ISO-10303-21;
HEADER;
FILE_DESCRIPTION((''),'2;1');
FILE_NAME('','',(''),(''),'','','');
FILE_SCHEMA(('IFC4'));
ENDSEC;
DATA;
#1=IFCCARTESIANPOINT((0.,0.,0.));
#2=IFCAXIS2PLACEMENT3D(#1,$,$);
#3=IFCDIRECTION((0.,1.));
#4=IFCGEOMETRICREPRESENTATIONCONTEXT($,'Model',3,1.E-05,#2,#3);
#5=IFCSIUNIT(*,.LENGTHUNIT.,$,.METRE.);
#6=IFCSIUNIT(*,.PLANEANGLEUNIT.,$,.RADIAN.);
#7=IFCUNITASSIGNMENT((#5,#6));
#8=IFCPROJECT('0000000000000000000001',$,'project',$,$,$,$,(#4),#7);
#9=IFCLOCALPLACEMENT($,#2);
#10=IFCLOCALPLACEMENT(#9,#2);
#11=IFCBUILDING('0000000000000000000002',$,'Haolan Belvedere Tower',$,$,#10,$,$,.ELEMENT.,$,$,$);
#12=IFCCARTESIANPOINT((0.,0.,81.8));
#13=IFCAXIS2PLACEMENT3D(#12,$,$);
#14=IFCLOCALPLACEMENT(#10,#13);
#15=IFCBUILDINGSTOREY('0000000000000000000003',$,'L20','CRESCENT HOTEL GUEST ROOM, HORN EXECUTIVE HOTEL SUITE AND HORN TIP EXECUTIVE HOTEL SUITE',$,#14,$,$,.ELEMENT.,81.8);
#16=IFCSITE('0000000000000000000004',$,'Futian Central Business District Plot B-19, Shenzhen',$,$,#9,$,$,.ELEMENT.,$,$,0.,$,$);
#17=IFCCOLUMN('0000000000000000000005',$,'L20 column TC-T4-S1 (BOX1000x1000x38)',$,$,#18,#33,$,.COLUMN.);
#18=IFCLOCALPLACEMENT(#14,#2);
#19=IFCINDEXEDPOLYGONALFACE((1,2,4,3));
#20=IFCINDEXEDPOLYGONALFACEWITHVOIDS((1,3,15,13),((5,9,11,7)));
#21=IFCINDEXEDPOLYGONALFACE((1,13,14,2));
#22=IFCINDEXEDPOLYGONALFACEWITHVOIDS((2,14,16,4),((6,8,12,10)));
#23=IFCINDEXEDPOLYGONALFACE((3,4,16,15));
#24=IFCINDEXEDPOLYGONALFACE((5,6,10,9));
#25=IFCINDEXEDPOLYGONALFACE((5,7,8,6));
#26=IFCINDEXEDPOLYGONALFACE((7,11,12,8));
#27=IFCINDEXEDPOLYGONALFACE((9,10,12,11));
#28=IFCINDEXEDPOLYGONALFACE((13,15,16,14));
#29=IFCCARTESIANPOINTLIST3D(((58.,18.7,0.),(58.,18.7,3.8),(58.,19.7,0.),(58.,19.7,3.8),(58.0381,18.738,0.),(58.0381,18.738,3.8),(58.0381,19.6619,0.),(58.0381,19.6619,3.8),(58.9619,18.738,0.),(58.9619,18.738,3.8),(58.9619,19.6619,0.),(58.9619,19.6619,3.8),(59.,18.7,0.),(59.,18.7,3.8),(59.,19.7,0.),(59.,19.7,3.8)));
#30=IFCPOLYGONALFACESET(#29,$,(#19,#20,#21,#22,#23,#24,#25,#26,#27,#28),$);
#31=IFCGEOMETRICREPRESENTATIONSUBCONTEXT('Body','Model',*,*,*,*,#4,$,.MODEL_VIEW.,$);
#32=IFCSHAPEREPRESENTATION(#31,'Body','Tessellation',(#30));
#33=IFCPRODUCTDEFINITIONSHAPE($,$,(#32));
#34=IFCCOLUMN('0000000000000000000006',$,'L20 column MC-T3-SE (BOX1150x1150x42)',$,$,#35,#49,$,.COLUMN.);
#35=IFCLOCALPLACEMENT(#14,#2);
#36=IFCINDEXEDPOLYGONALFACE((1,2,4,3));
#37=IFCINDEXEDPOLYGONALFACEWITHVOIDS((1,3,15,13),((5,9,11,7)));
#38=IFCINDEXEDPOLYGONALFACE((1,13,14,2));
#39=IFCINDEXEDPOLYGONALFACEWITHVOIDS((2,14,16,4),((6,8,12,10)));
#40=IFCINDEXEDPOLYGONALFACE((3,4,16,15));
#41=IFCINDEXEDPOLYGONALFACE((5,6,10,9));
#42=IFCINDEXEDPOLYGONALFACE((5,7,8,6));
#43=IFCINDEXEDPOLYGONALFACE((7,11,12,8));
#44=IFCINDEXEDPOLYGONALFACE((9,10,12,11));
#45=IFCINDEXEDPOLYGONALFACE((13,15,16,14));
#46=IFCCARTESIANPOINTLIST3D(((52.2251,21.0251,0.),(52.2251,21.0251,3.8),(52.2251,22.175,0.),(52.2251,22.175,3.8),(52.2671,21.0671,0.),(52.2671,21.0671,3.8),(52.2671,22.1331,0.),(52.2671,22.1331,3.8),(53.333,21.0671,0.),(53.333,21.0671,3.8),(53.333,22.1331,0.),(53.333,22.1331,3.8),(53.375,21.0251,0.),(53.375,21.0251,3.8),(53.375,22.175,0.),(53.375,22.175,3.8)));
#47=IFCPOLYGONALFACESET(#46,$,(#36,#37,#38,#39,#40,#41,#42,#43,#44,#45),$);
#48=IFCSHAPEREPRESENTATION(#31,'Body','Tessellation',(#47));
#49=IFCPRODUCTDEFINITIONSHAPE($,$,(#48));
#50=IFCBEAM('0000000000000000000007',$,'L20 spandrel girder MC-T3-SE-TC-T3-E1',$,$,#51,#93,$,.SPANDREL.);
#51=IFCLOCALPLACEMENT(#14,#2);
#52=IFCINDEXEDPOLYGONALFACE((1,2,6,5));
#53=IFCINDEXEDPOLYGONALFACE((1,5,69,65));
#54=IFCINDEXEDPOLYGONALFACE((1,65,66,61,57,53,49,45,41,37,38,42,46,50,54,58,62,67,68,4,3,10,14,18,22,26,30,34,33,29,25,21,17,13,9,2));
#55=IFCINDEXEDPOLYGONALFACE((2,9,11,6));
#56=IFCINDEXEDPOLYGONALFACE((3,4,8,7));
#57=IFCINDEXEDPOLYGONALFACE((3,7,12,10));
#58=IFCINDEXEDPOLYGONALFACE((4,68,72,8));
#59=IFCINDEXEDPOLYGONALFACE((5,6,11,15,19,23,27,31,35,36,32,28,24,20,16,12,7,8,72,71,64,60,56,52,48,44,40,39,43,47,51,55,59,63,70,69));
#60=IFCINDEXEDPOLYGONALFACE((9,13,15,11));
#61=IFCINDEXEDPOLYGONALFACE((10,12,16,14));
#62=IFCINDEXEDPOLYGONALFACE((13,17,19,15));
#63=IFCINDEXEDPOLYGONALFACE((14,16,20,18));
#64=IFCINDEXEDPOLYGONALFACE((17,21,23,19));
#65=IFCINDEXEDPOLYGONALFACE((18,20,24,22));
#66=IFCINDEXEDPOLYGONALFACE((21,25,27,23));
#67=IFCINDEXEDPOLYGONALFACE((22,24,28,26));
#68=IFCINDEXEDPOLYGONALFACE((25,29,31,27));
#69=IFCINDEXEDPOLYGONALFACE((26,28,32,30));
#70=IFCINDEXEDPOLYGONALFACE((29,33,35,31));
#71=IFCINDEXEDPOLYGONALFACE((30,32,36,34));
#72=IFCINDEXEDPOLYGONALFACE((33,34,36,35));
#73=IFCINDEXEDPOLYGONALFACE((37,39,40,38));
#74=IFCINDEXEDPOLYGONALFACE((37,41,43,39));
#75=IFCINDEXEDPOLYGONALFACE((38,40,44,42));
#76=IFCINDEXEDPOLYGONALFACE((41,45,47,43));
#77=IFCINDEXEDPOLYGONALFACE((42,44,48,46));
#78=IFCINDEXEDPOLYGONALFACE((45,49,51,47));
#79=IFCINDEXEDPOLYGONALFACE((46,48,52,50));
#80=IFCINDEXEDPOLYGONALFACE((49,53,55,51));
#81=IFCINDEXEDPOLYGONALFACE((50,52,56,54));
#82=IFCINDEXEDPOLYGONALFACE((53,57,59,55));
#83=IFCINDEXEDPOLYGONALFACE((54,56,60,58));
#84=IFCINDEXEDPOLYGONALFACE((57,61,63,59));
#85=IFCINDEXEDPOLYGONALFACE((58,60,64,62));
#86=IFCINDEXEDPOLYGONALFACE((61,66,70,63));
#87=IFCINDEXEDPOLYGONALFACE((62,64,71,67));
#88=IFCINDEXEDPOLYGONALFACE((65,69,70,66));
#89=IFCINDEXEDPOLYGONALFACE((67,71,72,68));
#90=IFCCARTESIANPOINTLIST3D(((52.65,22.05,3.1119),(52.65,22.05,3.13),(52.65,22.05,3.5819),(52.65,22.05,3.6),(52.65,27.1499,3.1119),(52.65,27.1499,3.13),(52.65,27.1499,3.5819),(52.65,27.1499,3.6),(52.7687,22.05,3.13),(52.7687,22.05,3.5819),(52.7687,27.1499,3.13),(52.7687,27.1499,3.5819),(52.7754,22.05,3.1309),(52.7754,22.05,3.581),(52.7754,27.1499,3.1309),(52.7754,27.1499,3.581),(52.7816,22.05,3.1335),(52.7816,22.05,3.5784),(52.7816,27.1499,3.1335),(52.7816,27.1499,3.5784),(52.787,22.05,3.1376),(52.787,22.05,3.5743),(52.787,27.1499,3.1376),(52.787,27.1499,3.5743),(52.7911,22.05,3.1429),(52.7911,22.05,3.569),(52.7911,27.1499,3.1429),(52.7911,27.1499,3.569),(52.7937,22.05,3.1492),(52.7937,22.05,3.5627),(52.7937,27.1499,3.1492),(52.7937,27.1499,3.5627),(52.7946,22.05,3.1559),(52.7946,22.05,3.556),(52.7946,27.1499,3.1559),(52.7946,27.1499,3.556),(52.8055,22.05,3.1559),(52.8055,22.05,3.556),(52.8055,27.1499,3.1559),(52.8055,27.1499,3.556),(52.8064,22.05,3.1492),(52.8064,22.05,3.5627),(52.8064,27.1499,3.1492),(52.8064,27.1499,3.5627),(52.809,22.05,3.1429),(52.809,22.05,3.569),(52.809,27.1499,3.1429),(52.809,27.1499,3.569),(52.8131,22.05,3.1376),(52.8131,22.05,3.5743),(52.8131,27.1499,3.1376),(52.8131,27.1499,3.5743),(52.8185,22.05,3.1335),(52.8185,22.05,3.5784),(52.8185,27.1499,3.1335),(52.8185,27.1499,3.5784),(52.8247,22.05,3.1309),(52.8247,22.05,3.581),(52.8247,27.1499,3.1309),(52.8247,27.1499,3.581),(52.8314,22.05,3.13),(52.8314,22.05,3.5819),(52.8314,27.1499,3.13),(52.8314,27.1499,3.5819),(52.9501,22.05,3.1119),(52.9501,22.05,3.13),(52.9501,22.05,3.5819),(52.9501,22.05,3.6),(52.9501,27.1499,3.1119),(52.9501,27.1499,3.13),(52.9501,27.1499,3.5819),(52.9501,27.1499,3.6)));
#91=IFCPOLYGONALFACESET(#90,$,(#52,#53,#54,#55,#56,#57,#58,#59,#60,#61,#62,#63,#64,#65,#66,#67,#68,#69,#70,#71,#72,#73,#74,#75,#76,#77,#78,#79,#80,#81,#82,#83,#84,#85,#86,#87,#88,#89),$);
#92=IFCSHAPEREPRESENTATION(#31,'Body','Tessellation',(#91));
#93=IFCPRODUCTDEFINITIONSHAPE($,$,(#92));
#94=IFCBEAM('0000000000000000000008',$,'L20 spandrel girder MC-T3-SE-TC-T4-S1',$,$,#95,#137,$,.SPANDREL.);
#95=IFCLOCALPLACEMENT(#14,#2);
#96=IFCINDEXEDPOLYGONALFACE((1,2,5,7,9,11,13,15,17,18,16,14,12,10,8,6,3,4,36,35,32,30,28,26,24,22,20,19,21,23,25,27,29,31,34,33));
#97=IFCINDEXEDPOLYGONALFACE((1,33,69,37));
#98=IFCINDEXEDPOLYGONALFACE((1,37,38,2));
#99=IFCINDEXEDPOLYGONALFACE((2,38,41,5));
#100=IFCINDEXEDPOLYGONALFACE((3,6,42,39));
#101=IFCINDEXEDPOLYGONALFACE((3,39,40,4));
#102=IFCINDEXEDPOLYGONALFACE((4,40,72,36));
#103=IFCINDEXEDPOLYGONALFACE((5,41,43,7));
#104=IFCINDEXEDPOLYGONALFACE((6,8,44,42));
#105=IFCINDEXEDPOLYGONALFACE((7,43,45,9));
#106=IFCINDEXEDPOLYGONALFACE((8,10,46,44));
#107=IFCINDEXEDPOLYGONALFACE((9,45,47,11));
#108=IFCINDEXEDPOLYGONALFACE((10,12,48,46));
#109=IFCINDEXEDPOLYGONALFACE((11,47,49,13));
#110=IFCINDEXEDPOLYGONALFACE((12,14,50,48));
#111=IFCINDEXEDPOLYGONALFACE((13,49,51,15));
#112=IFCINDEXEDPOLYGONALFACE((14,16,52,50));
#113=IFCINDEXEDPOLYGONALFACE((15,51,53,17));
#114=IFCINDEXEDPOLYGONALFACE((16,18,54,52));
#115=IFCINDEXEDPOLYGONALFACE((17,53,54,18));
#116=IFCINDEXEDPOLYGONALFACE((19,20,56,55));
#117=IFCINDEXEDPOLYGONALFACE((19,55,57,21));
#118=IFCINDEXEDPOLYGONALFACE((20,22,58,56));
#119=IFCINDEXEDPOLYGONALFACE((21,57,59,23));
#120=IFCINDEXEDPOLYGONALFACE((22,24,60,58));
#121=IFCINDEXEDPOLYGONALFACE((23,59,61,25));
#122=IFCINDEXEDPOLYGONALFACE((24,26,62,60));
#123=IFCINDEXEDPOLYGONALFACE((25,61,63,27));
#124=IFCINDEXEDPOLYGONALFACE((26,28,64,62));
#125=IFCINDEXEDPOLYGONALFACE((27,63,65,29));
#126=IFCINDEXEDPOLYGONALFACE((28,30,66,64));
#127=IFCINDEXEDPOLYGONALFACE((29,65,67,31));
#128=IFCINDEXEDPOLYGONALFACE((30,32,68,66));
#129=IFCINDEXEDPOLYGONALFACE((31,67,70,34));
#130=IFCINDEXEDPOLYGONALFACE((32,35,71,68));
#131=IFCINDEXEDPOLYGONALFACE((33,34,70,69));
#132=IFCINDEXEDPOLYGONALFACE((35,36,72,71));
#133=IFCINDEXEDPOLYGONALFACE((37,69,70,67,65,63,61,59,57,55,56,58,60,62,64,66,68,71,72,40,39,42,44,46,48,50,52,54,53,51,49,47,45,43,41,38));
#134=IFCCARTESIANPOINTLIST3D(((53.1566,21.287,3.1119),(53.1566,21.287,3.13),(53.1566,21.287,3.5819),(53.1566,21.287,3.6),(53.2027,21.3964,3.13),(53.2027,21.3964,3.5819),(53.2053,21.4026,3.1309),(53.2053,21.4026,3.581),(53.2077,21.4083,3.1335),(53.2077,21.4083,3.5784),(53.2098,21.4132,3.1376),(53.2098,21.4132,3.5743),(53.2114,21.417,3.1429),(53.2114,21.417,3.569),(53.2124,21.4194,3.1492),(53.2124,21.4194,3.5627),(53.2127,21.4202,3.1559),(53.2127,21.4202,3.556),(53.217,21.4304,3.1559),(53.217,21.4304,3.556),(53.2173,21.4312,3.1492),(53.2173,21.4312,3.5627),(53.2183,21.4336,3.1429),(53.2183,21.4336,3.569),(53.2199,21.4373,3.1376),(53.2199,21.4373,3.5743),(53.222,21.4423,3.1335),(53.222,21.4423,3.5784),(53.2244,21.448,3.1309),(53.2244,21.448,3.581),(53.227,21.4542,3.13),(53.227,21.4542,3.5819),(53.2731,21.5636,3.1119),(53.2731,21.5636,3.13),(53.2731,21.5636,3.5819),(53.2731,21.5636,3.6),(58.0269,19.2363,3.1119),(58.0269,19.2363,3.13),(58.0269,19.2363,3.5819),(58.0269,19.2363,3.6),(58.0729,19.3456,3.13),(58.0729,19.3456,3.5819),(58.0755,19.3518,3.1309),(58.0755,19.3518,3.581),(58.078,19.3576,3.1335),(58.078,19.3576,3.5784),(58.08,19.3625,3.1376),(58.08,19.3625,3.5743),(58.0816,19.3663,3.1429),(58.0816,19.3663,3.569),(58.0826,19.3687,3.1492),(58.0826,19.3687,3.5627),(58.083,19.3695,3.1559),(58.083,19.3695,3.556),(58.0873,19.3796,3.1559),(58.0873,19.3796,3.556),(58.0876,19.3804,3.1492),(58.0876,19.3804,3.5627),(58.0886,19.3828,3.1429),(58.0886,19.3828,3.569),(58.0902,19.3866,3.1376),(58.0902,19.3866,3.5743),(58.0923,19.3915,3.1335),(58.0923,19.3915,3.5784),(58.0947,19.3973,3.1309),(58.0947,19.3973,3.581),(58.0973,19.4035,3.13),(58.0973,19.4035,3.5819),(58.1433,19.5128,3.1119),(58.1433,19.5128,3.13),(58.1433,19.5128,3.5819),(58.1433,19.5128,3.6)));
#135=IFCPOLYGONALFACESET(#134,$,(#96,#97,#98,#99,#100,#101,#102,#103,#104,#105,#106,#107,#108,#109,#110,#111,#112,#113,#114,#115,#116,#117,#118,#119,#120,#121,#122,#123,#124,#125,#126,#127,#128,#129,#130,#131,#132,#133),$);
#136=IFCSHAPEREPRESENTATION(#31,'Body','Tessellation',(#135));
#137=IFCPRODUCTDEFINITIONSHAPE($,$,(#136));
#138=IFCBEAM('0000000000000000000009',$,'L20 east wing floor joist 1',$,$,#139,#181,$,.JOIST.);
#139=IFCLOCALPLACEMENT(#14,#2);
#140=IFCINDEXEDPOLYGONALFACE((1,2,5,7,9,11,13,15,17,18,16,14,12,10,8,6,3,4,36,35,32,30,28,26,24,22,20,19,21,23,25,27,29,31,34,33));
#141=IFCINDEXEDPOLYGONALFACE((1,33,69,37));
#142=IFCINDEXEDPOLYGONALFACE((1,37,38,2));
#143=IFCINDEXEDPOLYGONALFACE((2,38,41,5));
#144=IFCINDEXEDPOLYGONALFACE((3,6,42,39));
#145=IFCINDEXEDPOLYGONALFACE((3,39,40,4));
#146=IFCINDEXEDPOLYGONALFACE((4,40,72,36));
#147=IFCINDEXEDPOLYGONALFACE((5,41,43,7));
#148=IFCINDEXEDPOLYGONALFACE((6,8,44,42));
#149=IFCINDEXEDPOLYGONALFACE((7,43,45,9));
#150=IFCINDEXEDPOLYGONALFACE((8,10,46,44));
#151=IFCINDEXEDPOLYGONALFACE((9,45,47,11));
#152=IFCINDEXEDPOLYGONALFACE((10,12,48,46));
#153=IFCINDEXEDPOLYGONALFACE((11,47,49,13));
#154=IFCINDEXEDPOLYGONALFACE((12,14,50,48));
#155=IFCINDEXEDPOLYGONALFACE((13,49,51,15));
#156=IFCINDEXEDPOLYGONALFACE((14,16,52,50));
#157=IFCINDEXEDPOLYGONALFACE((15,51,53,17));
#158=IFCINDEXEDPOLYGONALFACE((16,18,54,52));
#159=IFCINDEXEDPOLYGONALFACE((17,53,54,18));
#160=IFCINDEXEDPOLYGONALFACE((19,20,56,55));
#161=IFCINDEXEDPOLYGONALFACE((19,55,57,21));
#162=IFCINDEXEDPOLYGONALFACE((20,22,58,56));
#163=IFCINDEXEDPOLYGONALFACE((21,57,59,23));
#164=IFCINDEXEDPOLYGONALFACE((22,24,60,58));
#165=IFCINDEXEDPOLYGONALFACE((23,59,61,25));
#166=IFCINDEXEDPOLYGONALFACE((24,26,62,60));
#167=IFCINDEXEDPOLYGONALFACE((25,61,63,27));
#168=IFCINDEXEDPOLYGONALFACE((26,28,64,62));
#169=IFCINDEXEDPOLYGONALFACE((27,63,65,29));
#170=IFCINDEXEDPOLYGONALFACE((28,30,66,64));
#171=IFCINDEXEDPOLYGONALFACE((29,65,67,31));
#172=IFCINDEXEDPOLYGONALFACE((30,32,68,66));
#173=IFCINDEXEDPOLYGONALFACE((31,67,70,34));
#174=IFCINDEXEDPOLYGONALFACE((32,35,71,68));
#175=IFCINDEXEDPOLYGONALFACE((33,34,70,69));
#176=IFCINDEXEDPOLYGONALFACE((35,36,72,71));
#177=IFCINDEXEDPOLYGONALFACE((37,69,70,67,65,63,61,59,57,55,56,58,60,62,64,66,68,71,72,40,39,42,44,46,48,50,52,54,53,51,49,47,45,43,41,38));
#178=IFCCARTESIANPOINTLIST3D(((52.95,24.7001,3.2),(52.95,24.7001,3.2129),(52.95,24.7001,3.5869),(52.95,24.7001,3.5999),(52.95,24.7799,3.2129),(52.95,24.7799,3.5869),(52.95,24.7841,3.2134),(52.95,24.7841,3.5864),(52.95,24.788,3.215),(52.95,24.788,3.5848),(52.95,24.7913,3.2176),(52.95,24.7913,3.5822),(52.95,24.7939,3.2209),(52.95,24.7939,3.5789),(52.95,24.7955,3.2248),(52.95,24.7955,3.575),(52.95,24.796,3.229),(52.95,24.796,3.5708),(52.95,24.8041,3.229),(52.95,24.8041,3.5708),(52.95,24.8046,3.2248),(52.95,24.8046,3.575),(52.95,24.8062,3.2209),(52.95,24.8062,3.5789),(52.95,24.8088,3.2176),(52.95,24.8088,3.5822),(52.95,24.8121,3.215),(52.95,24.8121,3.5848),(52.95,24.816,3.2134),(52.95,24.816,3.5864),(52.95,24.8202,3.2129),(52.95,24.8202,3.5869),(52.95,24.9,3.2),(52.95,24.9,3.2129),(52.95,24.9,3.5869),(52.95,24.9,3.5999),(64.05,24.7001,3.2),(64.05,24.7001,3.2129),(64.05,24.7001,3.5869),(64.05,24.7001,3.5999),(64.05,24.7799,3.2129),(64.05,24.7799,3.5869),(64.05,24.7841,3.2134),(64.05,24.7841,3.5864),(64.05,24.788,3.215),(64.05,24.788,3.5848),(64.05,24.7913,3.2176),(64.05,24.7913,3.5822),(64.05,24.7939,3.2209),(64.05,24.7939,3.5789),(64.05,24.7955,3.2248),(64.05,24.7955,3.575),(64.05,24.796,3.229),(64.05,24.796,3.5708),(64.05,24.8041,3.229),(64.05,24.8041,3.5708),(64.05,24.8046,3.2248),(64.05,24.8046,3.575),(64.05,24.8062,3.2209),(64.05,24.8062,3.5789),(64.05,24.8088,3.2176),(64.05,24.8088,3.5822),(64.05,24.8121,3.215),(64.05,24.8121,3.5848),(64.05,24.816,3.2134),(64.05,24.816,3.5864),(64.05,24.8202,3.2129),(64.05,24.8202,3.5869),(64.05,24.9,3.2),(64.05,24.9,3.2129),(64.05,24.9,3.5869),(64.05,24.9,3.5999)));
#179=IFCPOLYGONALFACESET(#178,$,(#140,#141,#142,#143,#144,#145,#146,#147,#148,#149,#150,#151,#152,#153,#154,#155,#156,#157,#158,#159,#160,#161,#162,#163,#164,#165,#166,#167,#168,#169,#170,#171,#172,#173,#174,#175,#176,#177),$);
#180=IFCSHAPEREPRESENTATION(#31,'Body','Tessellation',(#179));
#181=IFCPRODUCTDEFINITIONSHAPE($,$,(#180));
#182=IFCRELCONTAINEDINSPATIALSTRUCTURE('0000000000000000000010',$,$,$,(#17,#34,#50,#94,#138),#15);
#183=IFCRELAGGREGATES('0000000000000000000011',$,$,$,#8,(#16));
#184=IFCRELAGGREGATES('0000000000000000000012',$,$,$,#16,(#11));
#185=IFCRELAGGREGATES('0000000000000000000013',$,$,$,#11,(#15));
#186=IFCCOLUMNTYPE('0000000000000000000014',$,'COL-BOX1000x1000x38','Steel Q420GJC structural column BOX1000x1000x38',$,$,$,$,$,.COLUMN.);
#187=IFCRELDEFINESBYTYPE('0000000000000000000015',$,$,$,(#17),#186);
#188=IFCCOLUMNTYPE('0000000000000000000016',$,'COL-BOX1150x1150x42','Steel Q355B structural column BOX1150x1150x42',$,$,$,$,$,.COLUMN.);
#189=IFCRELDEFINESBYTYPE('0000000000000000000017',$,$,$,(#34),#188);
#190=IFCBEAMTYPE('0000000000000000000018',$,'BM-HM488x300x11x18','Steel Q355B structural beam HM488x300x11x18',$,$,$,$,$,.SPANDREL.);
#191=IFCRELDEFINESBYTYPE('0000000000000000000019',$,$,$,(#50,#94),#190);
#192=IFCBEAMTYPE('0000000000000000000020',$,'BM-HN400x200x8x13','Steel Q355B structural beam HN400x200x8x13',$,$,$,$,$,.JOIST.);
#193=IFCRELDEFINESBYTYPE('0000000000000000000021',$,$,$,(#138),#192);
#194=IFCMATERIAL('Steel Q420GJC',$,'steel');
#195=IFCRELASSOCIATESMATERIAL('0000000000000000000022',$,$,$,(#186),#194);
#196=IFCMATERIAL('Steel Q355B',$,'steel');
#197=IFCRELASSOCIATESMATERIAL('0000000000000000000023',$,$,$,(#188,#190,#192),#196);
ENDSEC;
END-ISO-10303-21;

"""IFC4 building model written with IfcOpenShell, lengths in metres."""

from ifc_helpers import new_model, si_unit, direction, frame, origin, origin_2d, place, context, subcontext, project, spatial, hollow_rectangle, i_section, extrude, material, material_profile, profile_set, type_object, element, save


model = new_model("IFC4")

# Units and contexts
model_context = context("Model", 3, precision=1e-05, world=origin(), true_north=direction((0.0, 1.0)))
body_context = subcontext(model_context, "Body", "Model", "MODEL_VIEW")
ifc_project = project(units=[si_unit("LENGTHUNIT", "METRE"), si_unit("PLANEANGLEUNIT", "RADIAN")], contexts=[model_context])

# Site, building, storey
site_placement = place(None, origin())
site = spatial("IfcSite", under=ifc_project, at=site_placement, Name="Futian Central Business District Plot B-19, Shenzhen", CompositionType="ELEMENT", RefElevation=0.0)
building_placement = place(site_placement, origin())
building = spatial("IfcBuilding", under=site, at=building_placement, Name="Haolan Belvedere Tower", CompositionType="ELEMENT")
storey_placement = place(building_placement, frame((0.0, 0.0, 81.8)))
storey = spatial("IfcBuildingStorey", under=building, at=storey_placement, Name="L20", Description="CRESCENT HOTEL GUEST ROOM, HORN EXECUTIVE HOTEL SUITE AND HORN TIP EXECUTIVE HOTEL SUITE", CompositionType="ELEMENT", Elevation=81.8)

# Columns
ifc_material_1 = material(Name="Steel Q420GJC", Category="steel")
ifc_material_profile_1 = material_profile(ifc_material_1, hollow_rectangle(XDim=1.0, YDim=1.0, WallThickness=0.0381, at=origin_2d()), Name="Steel Q420GJC")
ifc_profile_set_1 = profile_set([ifc_material_profile_1], Name="Steel Q420GJC")
column_type_1 = type_object("IfcColumnType", Name="COL-BOX1000x1000x38", Description="Steel Q420GJC structural column BOX1000x1000x38", PredefinedType="COLUMN", material=ifc_profile_set_1)
column_1_placement = place(storey_placement, frame((58.5, 19.2, 0.0), z_axis=(0.0, 0.0, 1.0), x_axis=(1.0, 0.0, 0.0)))
element("IfcColumn", 1, at=column_1_placement, inside=storey, type_object=column_type_1, Name="L20 column TC-T4-S1 (BOX1000x1000x38)", PredefinedType="COLUMN", context=body_context, shape_type="SweptSolid", body=[
    extrude(hollow_rectangle(XDim=1.0, YDim=1.0, WallThickness=0.0381, at=origin_2d()), origin(), (0.0, 0.0, 1.0), 3.8),
])
ifc_material_2 = material(Name="Steel Q355B", Category="steel")
ifc_material_profile_2 = material_profile(ifc_material_2, hollow_rectangle(XDim=1.1499, YDim=1.1499, WallThickness=0.042, at=origin_2d()), Name="Steel Q355B")
ifc_profile_set_2 = profile_set([ifc_material_profile_2], Name="Steel Q355B")
column_type_2 = type_object("IfcColumnType", Name="COL-BOX1150x1150x42", Description="Steel Q355B structural column BOX1150x1150x42", PredefinedType="COLUMN", material=ifc_profile_set_2)
column_2_placement = place(storey_placement, frame((52.8, 21.6001, 0.0), z_axis=(0.0, 0.0, 1.0), x_axis=(1.0, 0.0, 0.0)))
element("IfcColumn", 2, at=column_2_placement, inside=storey, type_object=column_type_2, Name="L20 column MC-T3-SE (BOX1150x1150x42)", PredefinedType="COLUMN", context=body_context, shape_type="SweptSolid", body=[
    extrude(hollow_rectangle(XDim=1.1499, YDim=1.1499, WallThickness=0.042, at=origin_2d()), origin(), (0.0, 0.0, 1.0), 3.8),
])

# Beams
ifc_material_profile_3 = material_profile(ifc_material_2, i_section(OverallWidth=0.3, OverallDepth=0.488, WebThickness=0.011, FlangeThickness=0.0181, FilletRadius=0.0259, at=origin_2d()), Name="Steel Q355B")
ifc_profile_set_3 = profile_set([ifc_material_profile_3], Name="Steel Q355B")
beam_type_1 = type_object("IfcBeamType", Name="BM-HM488x300x11x18", Description="Steel Q355B structural beam HM488x300x11x18", PredefinedType="SPANDREL", material=ifc_profile_set_3)
beam_1_placement = place(storey_placement, frame((52.8, 22.05, 3.356), z_axis=(0.0, 1.0, 0.0), x_axis=(-1.0, 0.0, 0.0)))
element("IfcBeam", 3, at=beam_1_placement, inside=storey, type_object=beam_type_1, Name="L20 spandrel girder MC-T3-SE-TC-T3-E1", PredefinedType="SPANDREL", context=body_context, shape_type="SweptSolid", body=[
    extrude(i_section(OverallWidth=0.3, OverallDepth=0.488, WebThickness=0.011, FlangeThickness=0.0181, FilletRadius=0.0259, at=origin_2d()), origin(), (0.0, 0.0, 1.0), 5.0999),
])
beam_2_placement = place(storey_placement, frame((53.2148, 21.4253, 3.356), z_axis=(0.921628, -0.388074, 0.0), x_axis=(0.388074, 0.921628, 0.0)))
element("IfcBeam", 4, at=beam_2_placement, inside=storey, type_object=beam_type_1, Name="L20 spandrel girder MC-T3-SE-TC-T4-S1", PredefinedType="SPANDREL", context=body_context, shape_type="SweptSolid", body=[
    extrude(i_section(OverallWidth=0.3, OverallDepth=0.488, WebThickness=0.011, FlangeThickness=0.0181, FilletRadius=0.0259, at=origin_2d()), origin(), (0.0, 0.0, 1.0), 5.2844),
])
ifc_material_profile_4 = material_profile(ifc_material_2, i_section(OverallWidth=0.2, OverallDepth=0.3999, WebThickness=0.0081, FlangeThickness=0.0129, FilletRadius=0.0161, at=origin_2d()), Name="Steel Q355B")
ifc_profile_set_4 = profile_set([ifc_material_profile_4], Name="Steel Q355B")
beam_type_2 = type_object("IfcBeamType", Name="BM-HN400x200x8x13", Description="Steel Q355B structural beam HN400x200x8x13", PredefinedType="JOIST", material=ifc_profile_set_4)
beam_3_placement = place(storey_placement, frame((52.95, 24.8, 3.3999), z_axis=(1.0, 0.0, 0.0), x_axis=(0.0, 1.0, 0.0)))
element("IfcBeam", 5, at=beam_3_placement, inside=storey, type_object=beam_type_2, Name="L20 east wing floor joist 1", PredefinedType="JOIST", context=body_context, shape_type="SweptSolid", body=[
    extrude(i_section(OverallWidth=0.2, OverallDepth=0.3999, WebThickness=0.0081, FlangeThickness=0.0129, FilletRadius=0.0161, at=origin_2d()), origin(), (0.0, 0.0, 1.0), 11.1001),
])

save(model, "model.ifc")
